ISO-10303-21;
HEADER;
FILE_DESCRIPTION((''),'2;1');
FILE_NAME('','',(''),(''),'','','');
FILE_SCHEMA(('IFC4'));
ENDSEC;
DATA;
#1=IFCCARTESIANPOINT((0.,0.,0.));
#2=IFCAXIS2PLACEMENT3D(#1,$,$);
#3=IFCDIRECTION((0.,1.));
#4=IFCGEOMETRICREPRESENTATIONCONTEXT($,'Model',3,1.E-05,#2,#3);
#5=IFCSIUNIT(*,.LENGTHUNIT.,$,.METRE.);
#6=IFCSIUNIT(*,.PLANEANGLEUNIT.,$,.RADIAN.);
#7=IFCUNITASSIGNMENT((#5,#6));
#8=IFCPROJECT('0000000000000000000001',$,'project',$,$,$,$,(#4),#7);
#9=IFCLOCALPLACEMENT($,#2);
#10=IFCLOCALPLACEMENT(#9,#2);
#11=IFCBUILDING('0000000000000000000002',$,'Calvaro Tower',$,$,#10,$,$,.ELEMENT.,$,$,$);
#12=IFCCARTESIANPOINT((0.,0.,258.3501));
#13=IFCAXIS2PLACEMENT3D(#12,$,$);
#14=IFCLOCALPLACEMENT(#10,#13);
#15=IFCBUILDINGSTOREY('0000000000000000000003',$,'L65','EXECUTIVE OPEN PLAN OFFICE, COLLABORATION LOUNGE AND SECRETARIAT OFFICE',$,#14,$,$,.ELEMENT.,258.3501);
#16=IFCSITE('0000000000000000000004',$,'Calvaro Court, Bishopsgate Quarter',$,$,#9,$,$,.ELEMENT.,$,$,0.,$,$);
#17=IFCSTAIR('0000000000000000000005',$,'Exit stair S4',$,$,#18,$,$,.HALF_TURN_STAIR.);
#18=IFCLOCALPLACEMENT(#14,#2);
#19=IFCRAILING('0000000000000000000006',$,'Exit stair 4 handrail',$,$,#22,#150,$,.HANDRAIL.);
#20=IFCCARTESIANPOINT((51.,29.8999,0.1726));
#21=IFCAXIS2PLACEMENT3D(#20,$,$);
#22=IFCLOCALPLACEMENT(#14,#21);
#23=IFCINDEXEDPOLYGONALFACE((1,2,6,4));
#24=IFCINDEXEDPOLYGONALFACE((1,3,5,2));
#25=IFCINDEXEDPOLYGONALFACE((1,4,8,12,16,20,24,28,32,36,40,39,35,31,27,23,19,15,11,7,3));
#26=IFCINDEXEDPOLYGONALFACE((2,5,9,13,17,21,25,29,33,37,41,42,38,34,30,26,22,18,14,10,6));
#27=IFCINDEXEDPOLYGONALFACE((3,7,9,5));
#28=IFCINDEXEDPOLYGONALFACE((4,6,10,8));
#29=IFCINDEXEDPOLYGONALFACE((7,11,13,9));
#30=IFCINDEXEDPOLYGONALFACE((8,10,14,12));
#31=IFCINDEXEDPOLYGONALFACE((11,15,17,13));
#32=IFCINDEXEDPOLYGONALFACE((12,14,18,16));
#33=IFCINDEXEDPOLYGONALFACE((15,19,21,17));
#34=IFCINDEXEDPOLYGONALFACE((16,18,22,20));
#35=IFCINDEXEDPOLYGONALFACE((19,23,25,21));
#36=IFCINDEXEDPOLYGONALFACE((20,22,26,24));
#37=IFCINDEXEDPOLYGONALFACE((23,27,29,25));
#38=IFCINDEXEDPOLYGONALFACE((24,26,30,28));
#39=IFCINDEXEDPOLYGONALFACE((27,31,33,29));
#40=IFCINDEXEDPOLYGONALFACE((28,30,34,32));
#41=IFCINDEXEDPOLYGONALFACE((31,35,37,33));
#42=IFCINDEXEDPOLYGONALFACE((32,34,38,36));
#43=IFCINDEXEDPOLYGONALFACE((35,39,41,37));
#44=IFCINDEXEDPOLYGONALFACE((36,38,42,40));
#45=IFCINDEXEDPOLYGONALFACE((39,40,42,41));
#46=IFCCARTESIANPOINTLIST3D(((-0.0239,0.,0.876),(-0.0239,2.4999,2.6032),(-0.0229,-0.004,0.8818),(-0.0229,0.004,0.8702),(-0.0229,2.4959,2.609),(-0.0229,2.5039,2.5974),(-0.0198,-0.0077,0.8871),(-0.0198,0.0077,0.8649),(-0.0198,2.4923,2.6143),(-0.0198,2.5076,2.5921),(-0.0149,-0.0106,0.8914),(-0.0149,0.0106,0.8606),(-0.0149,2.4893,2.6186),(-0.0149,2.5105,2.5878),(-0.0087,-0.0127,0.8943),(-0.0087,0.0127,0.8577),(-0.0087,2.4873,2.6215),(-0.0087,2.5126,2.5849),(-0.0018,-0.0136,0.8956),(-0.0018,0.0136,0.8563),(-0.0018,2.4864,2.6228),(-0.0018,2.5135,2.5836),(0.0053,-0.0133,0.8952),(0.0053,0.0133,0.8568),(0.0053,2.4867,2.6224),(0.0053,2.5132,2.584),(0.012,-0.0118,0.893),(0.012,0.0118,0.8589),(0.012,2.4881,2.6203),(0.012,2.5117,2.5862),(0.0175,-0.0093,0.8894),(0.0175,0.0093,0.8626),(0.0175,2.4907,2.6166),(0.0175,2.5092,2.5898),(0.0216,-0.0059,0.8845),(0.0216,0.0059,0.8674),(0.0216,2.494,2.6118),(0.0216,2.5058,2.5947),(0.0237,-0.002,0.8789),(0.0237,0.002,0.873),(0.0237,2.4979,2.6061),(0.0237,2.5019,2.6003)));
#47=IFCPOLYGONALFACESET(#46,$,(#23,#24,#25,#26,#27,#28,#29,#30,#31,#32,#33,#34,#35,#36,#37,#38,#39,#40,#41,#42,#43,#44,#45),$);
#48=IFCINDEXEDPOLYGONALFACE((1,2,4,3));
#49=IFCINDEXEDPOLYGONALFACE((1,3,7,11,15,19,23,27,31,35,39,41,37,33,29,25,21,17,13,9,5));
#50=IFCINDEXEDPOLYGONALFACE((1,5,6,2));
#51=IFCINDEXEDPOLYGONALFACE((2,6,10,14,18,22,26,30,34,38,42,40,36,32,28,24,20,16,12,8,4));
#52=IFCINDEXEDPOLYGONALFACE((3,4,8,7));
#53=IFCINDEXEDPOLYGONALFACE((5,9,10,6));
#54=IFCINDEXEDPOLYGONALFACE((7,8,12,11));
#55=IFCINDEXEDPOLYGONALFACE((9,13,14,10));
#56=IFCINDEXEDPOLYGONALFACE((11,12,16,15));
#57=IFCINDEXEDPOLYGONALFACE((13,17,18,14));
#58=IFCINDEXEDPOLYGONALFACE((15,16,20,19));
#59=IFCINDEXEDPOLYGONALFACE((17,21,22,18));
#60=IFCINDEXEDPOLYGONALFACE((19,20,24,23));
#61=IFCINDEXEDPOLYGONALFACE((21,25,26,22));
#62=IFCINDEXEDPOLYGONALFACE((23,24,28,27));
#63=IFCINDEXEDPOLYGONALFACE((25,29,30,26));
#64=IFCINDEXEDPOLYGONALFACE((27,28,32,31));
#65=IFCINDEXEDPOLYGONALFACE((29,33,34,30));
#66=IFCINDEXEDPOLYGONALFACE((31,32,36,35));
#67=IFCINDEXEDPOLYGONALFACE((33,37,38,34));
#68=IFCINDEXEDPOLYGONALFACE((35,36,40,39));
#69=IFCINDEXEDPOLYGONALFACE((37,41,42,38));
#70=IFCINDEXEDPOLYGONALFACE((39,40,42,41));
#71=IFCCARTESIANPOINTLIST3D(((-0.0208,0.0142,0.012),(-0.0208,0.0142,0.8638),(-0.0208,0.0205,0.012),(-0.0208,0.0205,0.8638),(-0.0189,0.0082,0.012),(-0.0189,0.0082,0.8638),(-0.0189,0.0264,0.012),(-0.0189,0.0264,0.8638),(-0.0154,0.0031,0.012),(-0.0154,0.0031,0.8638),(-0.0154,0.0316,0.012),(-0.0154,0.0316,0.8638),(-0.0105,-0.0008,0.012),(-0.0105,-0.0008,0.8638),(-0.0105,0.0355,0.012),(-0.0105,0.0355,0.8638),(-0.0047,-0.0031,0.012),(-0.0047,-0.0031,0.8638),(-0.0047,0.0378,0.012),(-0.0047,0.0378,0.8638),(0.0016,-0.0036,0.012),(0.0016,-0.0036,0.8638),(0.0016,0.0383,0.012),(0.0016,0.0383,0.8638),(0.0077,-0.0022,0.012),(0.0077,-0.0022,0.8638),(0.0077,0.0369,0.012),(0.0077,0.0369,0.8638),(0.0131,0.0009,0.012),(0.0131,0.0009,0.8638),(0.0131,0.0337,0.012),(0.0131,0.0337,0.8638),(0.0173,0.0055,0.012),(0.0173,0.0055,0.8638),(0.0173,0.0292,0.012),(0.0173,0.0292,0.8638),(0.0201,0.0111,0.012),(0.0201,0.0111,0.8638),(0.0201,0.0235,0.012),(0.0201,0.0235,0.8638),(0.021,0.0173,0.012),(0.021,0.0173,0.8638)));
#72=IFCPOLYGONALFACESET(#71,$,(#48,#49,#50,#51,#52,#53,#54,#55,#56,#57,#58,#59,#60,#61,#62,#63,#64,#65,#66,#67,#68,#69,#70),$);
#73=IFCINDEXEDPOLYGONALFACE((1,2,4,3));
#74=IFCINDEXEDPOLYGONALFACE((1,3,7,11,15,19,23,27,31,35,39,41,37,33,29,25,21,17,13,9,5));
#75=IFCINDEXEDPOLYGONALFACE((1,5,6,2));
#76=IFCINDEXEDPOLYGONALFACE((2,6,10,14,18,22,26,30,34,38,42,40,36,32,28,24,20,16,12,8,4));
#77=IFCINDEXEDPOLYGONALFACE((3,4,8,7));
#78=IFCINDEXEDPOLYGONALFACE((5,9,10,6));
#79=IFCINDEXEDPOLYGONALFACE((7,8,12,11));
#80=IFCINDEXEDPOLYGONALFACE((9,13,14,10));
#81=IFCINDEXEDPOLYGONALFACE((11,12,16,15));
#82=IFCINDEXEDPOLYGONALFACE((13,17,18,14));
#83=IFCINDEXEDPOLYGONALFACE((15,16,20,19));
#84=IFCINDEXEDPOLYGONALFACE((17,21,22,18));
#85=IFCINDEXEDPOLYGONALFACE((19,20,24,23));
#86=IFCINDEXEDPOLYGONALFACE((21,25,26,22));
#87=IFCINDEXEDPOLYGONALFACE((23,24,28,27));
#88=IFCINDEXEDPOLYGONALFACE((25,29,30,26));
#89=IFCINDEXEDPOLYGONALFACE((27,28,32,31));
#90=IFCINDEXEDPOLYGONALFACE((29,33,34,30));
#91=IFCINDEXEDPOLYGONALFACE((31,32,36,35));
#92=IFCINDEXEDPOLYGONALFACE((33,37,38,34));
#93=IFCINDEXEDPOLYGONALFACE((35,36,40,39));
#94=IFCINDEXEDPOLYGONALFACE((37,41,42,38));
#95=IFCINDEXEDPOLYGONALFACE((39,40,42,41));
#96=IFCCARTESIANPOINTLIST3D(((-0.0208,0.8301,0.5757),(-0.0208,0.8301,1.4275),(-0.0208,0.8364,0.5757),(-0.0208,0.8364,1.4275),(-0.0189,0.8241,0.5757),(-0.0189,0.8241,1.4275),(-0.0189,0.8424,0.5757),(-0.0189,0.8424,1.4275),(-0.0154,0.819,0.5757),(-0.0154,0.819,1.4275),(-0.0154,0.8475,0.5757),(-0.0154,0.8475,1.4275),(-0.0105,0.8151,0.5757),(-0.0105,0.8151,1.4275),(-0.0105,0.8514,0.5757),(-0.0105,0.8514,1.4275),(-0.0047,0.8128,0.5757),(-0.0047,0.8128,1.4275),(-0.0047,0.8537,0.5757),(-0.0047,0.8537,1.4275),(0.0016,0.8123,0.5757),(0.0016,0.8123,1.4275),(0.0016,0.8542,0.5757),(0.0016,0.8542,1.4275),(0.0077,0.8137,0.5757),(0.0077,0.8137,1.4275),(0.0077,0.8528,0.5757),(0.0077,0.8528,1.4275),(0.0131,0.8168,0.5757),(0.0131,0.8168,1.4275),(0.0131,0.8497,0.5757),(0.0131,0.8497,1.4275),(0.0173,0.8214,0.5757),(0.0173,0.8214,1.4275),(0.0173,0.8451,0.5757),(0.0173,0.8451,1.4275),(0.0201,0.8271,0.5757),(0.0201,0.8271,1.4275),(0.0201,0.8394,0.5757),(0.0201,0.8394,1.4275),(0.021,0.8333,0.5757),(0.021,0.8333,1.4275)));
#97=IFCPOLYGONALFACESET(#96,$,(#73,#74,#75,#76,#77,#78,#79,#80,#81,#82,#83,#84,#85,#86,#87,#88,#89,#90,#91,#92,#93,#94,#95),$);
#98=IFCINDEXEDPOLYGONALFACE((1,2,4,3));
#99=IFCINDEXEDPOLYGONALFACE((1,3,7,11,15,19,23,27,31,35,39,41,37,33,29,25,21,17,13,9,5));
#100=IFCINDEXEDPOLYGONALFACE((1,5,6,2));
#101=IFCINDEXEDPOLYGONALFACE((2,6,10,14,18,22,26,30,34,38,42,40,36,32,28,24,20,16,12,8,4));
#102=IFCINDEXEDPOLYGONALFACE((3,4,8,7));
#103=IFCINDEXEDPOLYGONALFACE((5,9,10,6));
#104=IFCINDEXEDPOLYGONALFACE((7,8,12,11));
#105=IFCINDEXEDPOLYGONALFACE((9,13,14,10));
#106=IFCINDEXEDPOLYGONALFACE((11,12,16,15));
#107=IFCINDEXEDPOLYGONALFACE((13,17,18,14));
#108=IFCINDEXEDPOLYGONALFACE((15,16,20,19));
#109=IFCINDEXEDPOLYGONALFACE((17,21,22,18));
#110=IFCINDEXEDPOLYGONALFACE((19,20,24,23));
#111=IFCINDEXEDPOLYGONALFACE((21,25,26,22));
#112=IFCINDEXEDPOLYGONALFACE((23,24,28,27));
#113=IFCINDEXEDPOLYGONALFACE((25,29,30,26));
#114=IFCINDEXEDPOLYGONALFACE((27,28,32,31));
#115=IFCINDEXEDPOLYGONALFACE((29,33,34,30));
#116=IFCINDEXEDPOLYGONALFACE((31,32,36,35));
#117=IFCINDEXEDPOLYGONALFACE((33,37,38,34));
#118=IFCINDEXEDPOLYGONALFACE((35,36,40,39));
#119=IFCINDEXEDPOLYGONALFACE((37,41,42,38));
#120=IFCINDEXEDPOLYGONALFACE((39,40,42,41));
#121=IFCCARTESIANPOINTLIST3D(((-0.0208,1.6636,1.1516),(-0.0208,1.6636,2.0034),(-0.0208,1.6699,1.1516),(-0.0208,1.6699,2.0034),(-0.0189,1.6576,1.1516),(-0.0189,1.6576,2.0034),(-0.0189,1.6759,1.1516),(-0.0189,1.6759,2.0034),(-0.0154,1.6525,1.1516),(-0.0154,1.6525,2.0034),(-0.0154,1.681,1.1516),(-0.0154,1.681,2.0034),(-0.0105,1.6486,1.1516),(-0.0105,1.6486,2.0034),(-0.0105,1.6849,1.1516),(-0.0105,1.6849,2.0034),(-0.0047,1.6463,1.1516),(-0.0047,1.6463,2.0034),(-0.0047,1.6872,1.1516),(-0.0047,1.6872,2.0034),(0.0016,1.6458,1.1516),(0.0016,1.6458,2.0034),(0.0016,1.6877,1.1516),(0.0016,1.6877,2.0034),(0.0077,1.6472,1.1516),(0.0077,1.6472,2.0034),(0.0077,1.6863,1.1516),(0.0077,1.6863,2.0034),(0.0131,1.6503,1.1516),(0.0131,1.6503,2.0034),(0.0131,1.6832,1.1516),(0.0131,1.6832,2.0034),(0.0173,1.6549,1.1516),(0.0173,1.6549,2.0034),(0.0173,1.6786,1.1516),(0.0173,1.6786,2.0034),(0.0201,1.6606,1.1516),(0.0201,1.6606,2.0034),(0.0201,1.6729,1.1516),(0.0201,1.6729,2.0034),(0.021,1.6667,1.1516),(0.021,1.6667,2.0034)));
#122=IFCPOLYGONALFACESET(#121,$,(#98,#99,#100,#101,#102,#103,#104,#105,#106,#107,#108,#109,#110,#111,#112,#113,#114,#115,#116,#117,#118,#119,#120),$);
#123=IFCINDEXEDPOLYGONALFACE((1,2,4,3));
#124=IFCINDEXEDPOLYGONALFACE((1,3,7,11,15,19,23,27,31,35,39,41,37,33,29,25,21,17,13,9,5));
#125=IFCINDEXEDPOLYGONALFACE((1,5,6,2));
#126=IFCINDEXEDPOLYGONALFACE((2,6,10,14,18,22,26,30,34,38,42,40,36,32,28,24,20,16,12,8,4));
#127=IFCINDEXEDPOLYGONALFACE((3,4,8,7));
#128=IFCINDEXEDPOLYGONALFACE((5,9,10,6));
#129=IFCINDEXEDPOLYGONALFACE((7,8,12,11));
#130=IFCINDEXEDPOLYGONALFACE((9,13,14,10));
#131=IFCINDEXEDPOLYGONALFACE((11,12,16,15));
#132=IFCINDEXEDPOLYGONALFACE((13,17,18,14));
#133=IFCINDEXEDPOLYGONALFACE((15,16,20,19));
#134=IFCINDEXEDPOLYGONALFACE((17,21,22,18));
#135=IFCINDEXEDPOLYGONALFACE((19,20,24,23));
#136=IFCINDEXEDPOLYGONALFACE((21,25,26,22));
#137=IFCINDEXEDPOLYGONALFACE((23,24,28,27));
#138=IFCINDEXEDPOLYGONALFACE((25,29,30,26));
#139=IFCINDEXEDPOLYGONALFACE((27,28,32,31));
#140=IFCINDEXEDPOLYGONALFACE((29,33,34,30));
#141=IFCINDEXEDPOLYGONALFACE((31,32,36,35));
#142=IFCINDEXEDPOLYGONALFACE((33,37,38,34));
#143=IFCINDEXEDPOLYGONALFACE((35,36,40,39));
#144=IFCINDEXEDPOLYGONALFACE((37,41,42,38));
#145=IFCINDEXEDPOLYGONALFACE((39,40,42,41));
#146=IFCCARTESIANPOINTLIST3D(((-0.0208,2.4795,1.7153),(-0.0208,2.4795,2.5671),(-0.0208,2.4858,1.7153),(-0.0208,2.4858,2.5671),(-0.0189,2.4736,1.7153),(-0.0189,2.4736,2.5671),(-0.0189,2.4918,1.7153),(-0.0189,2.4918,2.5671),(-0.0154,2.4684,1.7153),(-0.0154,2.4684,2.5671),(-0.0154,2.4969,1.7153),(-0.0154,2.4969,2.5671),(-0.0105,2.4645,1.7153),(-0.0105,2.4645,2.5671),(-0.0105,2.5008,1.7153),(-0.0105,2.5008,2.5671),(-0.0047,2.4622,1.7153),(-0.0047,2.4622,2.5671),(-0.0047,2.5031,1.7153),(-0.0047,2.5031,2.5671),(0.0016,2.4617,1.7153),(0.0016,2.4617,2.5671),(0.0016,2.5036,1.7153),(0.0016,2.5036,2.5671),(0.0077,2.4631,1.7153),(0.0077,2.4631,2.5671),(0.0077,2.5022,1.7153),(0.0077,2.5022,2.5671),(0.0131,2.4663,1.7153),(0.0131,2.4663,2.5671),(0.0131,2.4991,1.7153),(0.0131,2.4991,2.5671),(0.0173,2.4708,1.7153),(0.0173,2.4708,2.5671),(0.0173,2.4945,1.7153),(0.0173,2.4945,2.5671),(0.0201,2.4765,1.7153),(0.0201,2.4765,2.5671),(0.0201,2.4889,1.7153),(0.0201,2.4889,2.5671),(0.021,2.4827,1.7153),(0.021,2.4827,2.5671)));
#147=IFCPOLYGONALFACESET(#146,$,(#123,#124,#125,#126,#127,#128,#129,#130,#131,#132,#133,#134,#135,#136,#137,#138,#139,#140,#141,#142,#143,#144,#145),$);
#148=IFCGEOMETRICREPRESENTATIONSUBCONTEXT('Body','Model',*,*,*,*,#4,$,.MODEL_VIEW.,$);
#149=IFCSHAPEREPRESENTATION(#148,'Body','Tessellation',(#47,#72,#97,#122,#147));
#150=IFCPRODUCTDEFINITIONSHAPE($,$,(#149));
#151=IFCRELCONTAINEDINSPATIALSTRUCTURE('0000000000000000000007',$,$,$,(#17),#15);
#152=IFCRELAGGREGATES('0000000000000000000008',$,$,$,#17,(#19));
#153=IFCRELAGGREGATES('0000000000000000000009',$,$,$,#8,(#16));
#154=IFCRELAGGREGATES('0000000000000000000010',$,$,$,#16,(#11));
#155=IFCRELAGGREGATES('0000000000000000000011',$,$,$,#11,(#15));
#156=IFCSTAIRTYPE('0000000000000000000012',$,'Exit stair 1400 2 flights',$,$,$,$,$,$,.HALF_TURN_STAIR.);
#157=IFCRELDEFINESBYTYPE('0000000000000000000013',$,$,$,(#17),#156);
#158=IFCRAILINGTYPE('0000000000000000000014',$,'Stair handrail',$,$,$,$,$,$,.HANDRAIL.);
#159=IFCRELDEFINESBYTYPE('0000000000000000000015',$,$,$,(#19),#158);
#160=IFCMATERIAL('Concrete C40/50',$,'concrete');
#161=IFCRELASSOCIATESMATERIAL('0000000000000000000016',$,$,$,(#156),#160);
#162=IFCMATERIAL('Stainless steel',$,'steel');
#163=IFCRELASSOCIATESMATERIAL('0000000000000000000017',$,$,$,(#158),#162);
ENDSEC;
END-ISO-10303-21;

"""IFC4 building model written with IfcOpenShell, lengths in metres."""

from ifc_helpers import new_model, si_unit, direction, frame, origin, origin_2d, place, context, subcontext, project, spatial, circle, extrude, material, type_object, element, aggregate, save


model = new_model("IFC4")

# Units and contexts
model_context = context("Model", 3, precision=1e-05, world=origin(), true_north=direction((0.0, 1.0)))
body_context = subcontext(model_context, "Body", "Model", "MODEL_VIEW")
ifc_project = project(units=[si_unit("LENGTHUNIT", "METRE"), si_unit("PLANEANGLEUNIT", "RADIAN")], contexts=[model_context])

# Site, building, storey
site_placement = place(None, origin())
site = spatial("IfcSite", under=ifc_project, at=site_placement, Name="Calvaro Court, Bishopsgate Quarter", CompositionType="ELEMENT", RefElevation=0.0)
building_placement = place(site_placement, origin())
building = spatial("IfcBuilding", under=site, at=building_placement, Name="Calvaro Tower", CompositionType="ELEMENT")
storey_placement = place(building_placement, frame((0.0, 0.0, 258.3501)))
storey = spatial("IfcBuildingStorey", under=building, at=storey_placement, Name="L65", Description="EXECUTIVE OPEN PLAN OFFICE, COLLABORATION LOUNGE AND SECRETARIAT OFFICE", CompositionType="ELEMENT", Elevation=258.3501)

# Stair
ifc_material_1 = material(Name="Concrete C40/50", Category="concrete")
stair_type = type_object("IfcStairType", Name="Exit stair 1400 2 flights", PredefinedType="HALF_TURN_STAIR", material=ifc_material_1)
stair_1_placement = place(storey_placement, origin())
stair_1 = element("IfcStair", 1, at=stair_1_placement, inside=storey, type_object=stair_type, Name="Exit stair S4", PredefinedType="HALF_TURN_STAIR")

# Railing
ifc_material_2 = material(Name="Stainless steel", Category="steel")
railing_type = type_object("IfcRailingType", Name="Stair handrail", PredefinedType="HANDRAIL", material=ifc_material_2)
railing_1_placement = place(storey_placement, frame((51.0, 29.8999, 0.1726)))
railing_1 = element("IfcRailing", 2, at=railing_1_placement, type_object=railing_type, Name="Exit stair 4 handrail", PredefinedType="HANDRAIL", context=body_context, shape_type="SweptSolid", body=[
    extrude(circle(Radius=0.0239, at=origin_2d()), frame((0.0, 0.0, 0.876), z_axis=(0.0, 0.822727, 0.568437), x_axis=(-1.0, 0.0, 0.0)), (0.0, 0.0, 1.0), 3.0386),
    extrude(circle(Radius=0.021, at=origin_2d()), frame((0.0, 0.0173, 0.012)), (0.0, 0.0, 1.0), 0.8518),
    extrude(circle(Radius=0.021, at=origin_2d()), frame((0.0, 0.8333, 0.5757)), (0.0, 0.0, 1.0), 0.8518),
    extrude(circle(Radius=0.021, at=origin_2d()), frame((0.0, 1.6667, 1.1516)), (0.0, 0.0, 1.0), 0.8518),
    extrude(circle(Radius=0.021, at=origin_2d()), frame((0.0, 2.4827, 1.7153)), (0.0, 0.0, 1.0), 0.8518),
])
aggregate(stair_1, [railing_1])

save(model, "model.ifc")
